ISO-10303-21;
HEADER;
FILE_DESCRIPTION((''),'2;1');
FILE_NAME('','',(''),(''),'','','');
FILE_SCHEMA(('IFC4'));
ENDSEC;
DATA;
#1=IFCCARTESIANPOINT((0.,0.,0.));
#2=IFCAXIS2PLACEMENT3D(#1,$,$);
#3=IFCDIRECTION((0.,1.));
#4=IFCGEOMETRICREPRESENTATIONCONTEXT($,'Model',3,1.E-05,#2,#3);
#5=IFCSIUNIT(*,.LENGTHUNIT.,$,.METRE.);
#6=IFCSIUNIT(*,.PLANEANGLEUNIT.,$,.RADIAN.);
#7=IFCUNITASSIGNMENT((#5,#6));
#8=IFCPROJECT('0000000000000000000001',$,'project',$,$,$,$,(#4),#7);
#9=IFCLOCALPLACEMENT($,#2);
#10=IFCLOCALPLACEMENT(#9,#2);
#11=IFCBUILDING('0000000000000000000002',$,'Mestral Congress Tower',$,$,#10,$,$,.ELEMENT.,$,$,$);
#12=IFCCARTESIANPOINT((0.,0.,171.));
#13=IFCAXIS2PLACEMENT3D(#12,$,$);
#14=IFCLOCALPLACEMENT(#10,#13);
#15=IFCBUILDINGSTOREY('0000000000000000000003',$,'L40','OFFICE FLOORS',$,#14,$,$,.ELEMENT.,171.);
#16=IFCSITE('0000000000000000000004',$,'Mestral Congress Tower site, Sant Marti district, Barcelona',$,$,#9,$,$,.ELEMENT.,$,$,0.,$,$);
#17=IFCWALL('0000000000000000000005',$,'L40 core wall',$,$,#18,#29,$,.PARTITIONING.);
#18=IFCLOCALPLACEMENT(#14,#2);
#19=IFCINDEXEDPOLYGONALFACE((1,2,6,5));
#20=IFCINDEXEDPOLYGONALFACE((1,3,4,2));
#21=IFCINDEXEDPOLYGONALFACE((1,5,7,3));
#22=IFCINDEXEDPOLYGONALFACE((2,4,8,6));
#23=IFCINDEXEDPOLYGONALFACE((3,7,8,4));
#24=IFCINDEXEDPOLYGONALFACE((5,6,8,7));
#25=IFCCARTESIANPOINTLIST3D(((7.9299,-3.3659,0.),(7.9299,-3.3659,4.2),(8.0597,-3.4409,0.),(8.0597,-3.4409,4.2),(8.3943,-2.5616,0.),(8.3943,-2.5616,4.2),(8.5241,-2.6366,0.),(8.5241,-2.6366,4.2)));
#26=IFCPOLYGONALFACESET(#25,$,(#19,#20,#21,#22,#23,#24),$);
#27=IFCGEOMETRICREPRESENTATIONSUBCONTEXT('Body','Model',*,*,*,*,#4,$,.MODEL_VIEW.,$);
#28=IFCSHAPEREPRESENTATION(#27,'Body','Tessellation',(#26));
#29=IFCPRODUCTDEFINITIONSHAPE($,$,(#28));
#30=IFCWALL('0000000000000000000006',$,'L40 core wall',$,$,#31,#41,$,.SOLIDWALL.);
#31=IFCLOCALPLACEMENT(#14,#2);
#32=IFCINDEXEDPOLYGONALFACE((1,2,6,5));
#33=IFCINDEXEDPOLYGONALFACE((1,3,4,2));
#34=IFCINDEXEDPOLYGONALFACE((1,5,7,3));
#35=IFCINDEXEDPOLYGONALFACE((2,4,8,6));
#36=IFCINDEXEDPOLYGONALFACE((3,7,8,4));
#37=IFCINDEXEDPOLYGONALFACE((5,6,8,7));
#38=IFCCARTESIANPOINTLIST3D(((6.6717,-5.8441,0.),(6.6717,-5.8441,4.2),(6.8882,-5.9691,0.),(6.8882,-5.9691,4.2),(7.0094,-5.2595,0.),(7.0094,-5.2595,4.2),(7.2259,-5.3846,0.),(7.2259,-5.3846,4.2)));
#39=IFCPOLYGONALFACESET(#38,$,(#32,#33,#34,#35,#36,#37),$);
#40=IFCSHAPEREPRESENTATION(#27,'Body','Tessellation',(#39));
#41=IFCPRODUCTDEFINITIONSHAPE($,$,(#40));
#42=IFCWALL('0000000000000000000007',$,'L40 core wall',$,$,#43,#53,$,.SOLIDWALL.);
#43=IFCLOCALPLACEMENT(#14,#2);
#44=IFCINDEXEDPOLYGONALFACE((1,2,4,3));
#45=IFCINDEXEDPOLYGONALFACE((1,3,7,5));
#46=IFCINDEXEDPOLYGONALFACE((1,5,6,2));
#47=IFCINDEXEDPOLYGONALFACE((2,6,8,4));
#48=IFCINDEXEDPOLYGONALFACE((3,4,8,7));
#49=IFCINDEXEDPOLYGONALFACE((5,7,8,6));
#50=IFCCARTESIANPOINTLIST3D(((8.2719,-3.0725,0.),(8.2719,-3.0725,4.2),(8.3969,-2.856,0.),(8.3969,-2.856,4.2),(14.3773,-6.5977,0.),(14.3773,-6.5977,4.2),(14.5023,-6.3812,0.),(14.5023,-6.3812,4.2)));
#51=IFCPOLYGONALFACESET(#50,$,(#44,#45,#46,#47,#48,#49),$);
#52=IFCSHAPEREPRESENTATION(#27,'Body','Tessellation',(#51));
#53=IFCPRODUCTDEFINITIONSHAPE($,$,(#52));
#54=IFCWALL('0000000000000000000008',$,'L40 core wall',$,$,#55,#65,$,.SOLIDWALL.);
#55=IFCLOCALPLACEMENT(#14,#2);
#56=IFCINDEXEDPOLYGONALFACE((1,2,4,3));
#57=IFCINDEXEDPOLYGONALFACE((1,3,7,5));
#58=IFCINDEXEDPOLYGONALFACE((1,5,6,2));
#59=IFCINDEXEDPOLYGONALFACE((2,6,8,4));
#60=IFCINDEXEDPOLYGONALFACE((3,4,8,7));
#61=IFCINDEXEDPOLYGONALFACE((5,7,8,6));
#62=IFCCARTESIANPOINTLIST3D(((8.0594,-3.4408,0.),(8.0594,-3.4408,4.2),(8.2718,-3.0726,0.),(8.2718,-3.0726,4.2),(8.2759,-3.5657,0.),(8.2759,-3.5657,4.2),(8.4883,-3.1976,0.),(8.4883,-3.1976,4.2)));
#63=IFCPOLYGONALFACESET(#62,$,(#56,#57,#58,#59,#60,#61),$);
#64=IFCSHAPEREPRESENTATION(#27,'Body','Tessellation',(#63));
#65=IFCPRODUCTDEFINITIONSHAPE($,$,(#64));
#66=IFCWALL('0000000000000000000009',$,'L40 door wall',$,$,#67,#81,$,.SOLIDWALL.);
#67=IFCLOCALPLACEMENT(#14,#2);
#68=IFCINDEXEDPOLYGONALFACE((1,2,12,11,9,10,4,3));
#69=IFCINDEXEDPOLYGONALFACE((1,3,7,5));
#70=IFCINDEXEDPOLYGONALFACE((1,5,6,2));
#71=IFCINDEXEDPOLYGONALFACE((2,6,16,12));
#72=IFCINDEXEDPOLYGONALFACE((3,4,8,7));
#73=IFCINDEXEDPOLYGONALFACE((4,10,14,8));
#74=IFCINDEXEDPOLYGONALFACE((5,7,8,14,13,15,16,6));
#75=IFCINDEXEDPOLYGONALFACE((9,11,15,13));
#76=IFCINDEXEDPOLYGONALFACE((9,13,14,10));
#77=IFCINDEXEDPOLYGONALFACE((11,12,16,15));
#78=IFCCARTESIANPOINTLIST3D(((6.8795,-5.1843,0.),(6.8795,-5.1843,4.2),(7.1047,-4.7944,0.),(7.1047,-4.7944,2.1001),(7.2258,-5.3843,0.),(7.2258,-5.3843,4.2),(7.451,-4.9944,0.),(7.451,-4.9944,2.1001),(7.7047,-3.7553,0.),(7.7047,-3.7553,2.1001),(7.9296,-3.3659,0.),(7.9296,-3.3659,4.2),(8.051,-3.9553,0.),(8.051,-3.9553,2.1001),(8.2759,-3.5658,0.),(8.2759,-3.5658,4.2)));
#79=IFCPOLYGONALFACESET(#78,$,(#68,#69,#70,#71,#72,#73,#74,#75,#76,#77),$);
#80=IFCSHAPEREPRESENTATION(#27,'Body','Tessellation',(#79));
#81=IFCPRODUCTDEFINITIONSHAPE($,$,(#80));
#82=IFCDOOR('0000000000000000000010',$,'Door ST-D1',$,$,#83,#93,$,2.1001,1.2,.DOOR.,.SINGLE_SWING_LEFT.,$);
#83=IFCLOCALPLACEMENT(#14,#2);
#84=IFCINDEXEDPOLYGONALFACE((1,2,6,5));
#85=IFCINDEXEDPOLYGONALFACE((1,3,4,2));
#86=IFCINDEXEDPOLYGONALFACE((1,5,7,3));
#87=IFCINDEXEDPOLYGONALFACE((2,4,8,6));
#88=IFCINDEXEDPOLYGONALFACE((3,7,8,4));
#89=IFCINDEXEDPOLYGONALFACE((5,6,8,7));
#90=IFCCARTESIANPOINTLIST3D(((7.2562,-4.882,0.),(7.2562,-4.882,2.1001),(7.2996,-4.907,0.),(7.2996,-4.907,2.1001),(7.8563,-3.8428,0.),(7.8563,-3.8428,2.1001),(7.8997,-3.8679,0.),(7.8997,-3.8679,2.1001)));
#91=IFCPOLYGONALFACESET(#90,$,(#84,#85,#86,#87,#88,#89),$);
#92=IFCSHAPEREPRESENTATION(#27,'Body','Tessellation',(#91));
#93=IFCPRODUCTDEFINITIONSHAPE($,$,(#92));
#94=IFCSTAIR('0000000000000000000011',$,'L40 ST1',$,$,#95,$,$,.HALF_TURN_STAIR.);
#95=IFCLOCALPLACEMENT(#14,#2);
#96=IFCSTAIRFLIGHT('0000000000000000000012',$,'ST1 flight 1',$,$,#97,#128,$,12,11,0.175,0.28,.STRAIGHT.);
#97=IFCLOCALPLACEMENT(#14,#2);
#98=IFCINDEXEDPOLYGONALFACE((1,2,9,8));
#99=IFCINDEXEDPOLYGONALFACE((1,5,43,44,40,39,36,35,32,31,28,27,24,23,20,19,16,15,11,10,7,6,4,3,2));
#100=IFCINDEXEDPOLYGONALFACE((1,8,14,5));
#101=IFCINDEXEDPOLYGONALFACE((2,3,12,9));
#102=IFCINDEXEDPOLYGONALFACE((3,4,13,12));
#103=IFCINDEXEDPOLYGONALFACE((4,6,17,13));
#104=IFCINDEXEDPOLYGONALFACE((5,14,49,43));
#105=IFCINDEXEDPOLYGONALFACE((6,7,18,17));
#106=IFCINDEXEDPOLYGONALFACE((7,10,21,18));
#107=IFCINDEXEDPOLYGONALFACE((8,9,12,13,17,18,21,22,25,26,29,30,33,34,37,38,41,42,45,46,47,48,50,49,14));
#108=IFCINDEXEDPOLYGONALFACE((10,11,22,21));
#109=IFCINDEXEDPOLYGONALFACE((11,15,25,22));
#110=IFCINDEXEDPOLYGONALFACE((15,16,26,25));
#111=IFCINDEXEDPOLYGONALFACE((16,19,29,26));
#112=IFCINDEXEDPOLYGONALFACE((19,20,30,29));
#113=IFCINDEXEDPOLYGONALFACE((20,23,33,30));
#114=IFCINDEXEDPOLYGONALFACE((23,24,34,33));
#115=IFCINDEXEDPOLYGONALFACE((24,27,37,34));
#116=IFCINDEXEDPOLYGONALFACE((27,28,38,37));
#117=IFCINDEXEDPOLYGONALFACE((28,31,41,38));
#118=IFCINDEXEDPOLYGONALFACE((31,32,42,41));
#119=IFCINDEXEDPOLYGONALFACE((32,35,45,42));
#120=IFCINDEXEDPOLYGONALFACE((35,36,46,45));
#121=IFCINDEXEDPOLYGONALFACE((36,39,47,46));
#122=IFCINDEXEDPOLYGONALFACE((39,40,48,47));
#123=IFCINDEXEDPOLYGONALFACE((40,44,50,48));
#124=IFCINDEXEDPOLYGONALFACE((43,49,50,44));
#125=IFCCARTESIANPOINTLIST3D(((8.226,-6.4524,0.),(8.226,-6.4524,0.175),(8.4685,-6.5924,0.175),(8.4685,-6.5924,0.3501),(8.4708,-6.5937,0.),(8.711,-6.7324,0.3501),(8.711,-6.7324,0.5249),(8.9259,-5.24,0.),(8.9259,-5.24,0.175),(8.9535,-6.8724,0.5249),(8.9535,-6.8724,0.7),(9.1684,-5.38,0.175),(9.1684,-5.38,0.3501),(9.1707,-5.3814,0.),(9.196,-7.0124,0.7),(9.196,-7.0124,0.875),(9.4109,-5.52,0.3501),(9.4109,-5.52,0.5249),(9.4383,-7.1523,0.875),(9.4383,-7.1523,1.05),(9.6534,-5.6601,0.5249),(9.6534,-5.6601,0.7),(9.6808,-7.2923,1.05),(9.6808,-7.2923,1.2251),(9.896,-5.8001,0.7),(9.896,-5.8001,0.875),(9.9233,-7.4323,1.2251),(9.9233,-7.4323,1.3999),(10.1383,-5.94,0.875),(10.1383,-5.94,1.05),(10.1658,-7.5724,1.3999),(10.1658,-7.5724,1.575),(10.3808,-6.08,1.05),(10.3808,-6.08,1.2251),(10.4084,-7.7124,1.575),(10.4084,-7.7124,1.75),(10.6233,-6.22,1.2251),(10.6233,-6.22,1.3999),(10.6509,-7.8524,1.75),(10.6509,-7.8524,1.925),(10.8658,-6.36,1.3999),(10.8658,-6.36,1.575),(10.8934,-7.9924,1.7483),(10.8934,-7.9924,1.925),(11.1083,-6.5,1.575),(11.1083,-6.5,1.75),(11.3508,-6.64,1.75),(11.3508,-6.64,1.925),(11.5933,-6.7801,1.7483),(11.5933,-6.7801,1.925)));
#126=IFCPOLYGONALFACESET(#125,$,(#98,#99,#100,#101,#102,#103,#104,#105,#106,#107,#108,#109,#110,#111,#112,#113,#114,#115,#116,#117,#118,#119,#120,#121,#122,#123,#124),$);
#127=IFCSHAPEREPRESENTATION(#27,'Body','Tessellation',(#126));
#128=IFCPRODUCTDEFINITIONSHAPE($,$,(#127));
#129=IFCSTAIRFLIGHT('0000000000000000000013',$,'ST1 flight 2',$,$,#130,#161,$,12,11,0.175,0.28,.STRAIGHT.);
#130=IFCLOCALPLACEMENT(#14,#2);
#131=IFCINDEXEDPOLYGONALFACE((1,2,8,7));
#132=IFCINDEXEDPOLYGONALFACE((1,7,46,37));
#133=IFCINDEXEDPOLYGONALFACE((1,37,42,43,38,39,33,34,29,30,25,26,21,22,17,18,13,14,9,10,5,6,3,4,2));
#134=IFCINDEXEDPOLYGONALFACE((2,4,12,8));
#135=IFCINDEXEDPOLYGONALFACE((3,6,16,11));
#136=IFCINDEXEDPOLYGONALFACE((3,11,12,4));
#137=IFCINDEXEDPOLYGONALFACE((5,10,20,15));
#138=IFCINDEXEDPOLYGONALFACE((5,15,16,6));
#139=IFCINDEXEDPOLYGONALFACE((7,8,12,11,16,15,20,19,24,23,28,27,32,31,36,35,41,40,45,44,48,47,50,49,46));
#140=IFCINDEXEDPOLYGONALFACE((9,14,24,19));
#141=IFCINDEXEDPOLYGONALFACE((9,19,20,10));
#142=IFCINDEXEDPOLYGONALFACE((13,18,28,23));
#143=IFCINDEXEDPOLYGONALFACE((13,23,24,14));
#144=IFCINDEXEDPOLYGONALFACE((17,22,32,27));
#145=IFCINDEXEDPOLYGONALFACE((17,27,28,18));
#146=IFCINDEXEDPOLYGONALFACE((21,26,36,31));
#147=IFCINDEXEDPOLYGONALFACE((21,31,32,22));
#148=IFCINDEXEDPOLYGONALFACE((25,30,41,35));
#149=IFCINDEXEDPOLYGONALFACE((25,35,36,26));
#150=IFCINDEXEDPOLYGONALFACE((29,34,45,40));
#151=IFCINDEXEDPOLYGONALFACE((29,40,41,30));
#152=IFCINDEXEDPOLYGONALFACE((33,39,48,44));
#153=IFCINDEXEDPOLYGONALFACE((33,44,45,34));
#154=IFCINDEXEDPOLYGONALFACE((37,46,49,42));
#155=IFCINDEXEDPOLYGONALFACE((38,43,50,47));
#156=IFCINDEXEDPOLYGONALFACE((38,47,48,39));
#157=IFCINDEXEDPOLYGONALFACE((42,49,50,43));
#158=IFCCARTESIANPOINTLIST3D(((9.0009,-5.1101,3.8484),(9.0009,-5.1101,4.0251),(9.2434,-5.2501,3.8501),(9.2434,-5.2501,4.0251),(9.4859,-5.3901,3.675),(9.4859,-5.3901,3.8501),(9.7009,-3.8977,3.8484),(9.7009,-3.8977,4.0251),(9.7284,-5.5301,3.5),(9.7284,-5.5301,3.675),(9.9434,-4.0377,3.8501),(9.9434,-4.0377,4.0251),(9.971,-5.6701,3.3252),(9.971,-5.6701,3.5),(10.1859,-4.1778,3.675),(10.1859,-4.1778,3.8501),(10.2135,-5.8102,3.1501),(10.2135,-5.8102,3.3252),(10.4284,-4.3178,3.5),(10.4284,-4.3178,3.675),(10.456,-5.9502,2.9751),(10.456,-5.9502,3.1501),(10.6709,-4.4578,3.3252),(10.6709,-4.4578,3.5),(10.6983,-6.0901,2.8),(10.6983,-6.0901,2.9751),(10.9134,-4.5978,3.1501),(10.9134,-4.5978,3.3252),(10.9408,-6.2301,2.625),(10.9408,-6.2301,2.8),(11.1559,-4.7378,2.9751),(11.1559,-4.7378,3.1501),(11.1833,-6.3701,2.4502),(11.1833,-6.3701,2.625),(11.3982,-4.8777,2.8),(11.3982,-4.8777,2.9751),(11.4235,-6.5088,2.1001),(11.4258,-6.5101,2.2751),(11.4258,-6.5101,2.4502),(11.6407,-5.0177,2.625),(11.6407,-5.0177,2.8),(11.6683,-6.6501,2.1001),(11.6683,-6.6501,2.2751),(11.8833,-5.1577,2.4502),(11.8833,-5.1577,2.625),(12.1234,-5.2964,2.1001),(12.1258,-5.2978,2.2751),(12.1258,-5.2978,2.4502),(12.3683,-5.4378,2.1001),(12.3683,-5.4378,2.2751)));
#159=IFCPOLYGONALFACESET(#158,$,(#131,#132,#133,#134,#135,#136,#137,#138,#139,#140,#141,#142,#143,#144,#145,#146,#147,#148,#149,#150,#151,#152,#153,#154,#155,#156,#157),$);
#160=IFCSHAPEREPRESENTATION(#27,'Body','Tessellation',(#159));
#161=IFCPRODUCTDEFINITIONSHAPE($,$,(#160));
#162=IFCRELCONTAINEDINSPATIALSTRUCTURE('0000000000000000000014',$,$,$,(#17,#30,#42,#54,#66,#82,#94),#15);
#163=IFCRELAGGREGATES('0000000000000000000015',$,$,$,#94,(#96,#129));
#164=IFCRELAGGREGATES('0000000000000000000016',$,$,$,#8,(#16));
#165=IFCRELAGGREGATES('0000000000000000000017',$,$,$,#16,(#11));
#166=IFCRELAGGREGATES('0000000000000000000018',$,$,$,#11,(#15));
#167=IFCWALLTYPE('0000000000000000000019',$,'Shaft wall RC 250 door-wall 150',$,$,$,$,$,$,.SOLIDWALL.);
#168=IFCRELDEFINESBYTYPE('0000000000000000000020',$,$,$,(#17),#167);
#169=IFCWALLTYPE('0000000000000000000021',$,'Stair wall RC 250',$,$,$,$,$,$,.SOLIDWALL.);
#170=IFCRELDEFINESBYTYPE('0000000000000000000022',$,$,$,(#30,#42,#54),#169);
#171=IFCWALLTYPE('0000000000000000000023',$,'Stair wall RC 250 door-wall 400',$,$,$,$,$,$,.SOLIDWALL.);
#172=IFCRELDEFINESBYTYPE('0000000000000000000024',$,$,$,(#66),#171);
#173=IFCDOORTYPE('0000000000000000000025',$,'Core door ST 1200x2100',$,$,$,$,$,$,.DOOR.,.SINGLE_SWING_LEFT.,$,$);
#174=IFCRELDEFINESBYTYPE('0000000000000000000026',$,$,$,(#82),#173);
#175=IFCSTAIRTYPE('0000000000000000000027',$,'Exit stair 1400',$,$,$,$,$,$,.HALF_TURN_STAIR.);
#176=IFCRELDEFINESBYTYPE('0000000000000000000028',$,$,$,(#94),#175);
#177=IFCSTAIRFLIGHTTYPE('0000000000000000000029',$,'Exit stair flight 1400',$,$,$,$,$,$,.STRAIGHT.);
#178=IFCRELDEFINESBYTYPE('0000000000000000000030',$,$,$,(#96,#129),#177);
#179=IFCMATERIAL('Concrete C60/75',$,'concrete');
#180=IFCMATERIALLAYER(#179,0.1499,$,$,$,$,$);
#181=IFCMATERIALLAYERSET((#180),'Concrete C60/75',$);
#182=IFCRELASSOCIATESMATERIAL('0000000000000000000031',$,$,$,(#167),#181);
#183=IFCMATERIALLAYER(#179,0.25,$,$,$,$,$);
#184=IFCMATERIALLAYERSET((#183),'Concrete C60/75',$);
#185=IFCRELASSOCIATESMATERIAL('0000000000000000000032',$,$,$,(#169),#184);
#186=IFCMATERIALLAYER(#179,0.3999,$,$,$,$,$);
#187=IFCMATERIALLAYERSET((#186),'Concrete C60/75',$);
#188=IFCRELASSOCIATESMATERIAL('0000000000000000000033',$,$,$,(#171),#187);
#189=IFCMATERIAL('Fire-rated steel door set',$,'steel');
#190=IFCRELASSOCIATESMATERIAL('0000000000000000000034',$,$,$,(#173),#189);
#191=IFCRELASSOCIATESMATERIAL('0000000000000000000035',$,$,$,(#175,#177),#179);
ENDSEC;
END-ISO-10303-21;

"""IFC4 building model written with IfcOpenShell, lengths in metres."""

from ifc_helpers import new_model, si_unit, direction, frame, frame_2d, origin, place, context, subcontext, project, spatial, polyline, rectangle, outline, extrude, material, layer, layer_set, type_object, element, fill, aggregate, save


model = new_model("IFC4")

# Units and contexts
model_context = context("Model", 3, precision=1e-05, world=origin(), true_north=direction((0.0, 1.0)))
body_context = subcontext(model_context, "Body", "Model", "MODEL_VIEW")
ifc_project = project(units=[si_unit("LENGTHUNIT", "METRE"), si_unit("PLANEANGLEUNIT", "RADIAN")], contexts=[model_context])

# Site, building, storey
site_placement = place(None, origin())
site = spatial("IfcSite", under=ifc_project, at=site_placement, Name="Mestral Congress Tower site, Sant Marti district, Barcelona", CompositionType="ELEMENT", RefElevation=0.0)
building_placement = place(site_placement, origin())
building = spatial("IfcBuilding", under=site, at=building_placement, Name="Mestral Congress Tower", CompositionType="ELEMENT")
storey_placement = place(building_placement, frame((0.0, 0.0, 171.0)))
storey = spatial("IfcBuildingStorey", under=building, at=storey_placement, Name="L40", Description="OFFICE FLOORS", CompositionType="ELEMENT", Elevation=171.0)

# Shared definitions
ifc_material_1 = material(Name="Fire-rated steel door set", Category="steel")

# Shared definitions
ifc_material_2 = material(Name="Concrete C60/75", Category="concrete")

# Walls
ifc_layer_1 = layer(ifc_material_2, 0.1499)
ifc_layer_set_1 = layer_set([ifc_layer_1], Name="Concrete C60/75")
wall_type_1 = type_object("IfcWallType", Name="Shaft wall RC 250 door-wall 150", PredefinedType="SOLIDWALL", material=ifc_layer_set_1)
wall_1_placement = place(storey_placement, frame((8.4592, -2.5991, 0.0), z_axis=(0.0, 0.0, 1.0), x_axis=(-0.500041, -0.866002, 0.0)))
element("IfcWall", 1, at=wall_1_placement, inside=storey, type_object=wall_type_1, Name="L40 core wall", PredefinedType="PARTITIONING", context=body_context, shape_type="SweptSolid", body=[
    extrude(rectangle(XDim=0.9287, YDim=0.1499, at=frame_2d((0.4644, 0.0))), origin(), (0.0, 0.0, 1.0), 4.2),
])
ifc_layer_2 = layer(ifc_material_2, 0.25)
ifc_layer_set_2 = layer_set([ifc_layer_2], Name="Concrete C60/75")
wall_type_2 = type_object("IfcWallType", Name="Stair wall RC 250", PredefinedType="SOLIDWALL", material=ifc_layer_set_2)
wall_2_placement = place(storey_placement, frame((6.78, -5.9065, 0.0), z_axis=(0.0, 0.0, 1.0), x_axis=(0.500223, 0.865896, 0.0)))
element("IfcWall", 2, at=wall_2_placement, inside=storey, type_object=wall_type_2, Name="L40 core wall", PredefinedType="SOLIDWALL", context=body_context, shape_type="SweptSolid", body=[
    extrude(rectangle(XDim=0.675, YDim=0.25, at=frame_2d((0.3374, 0.0))), origin(), (0.0, 0.0, 1.0), 4.2),
])
wall_3_placement = place(storey_placement, frame((8.3345, -2.9644, 0.0), z_axis=(0.0, 0.0, 1.0), x_axis=(0.866016, -0.500016, 0.0)))
element("IfcWall", 3, at=wall_3_placement, inside=storey, type_object=wall_type_2, Name="L40 core wall", PredefinedType="SOLIDWALL", context=body_context, shape_type="SweptSolid", body=[
    extrude(rectangle(XDim=7.05, YDim=0.25, at=frame_2d((3.5249, 0.0))), origin(), (0.0, 0.0, 1.0), 4.2),
])
wall_4_placement = place(storey_placement, frame((8.1677, -3.5032, 0.0), z_axis=(0.0, 0.0, 1.0), x_axis=(0.499722, 0.866186, 0.0)))
element("IfcWall", 4, at=wall_4_placement, inside=storey, type_object=wall_type_2, Name="L40 core wall", PredefinedType="SOLIDWALL", context=body_context, shape_type="SweptSolid", body=[
    extrude(rectangle(XDim=0.425, YDim=0.25, at=frame_2d((0.2124, 0.0))), origin(), (0.0, 0.0, 1.0), 4.2),
])

# Wall, opening, door
ifc_layer_3 = layer(ifc_material_2, 0.3999)
ifc_layer_set_3 = layer_set([ifc_layer_3], Name="Concrete C60/75")
wall_type_3 = type_object("IfcWallType", Name="Stair wall RC 250 door-wall 400", PredefinedType="SOLIDWALL", material=ifc_layer_set_3)
wall_5_placement = place(storey_placement, frame((7.0527, -5.2842, 0.0), z_axis=(0.0, 0.0, 1.0), x_axis=(0.500078, 0.86598, 0.0)))
wall_5 = element("IfcWall", 5, at=wall_5_placement, inside=storey, type_object=wall_type_3, Name="L40 door wall", PredefinedType="SOLIDWALL", context=body_context, shape_type="SweptSolid", body=[
    extrude(rectangle(XDim=2.0999, YDim=0.3999, at=frame_2d((1.0498, 0.0))), origin(), (0.0, 0.0, 1.0), 4.2),
])
opening_1_placement = place(wall_5_placement, frame((0.45, 0.0, 0.0)))
opening_1 = element("IfcOpeningElement", 6, at=opening_1_placement, cuts=wall_5, PredefinedType="OPENING", context=body_context, shape_type="SweptSolid", body=[
    extrude(rectangle(XDim=1.2, YDim=2.1001, at=frame_2d((0.6001, 1.05))), frame((0.0, 0.21, 0.0), z_axis=(0.0, -1.0, 0.0), x_axis=(1.0, 0.0, 0.0)), (0.0, 0.0, 1.0), 0.4199),
])
door_type_1 = type_object("IfcDoorType", Name="Core door ST 1200x2100", OperationType="SINGLE_SWING_LEFT", PredefinedType="DOOR", material=ifc_material_1)
door_1_placement = place(opening_1_placement, origin())
door_1 = element("IfcDoor", 7, at=door_1_placement, inside=storey, type_object=door_type_1, Name="Door ST-D1", OperationType="SINGLE_SWING_LEFT", OverallHeight=2.1001, OverallWidth=1.2, PredefinedType="DOOR", context=body_context, shape_type="SweptSolid", body=[
    extrude(rectangle(XDim=1.2, YDim=2.1001, at=frame_2d((0.6001, 1.05))), frame((0.0, 0.0249, 0.0), z_axis=(0.0, -1.0, 0.0), x_axis=(1.0, 0.0, 0.0)), (0.0, 0.0, 1.0), 0.05),
])
fill(opening_1, door_1)

# Stair, stair flights
stair_type = type_object("IfcStairType", Name="Exit stair 1400", PredefinedType="HALF_TURN_STAIR", material=ifc_material_2)
stair_placement = place(storey_placement, origin())
stair = element("IfcStair", 8, at=stair_placement, inside=storey, type_object=stair_type, Name="L40 ST1", PredefinedType="HALF_TURN_STAIR")
stair_flight_type = type_object("IfcStairFlightType", Name="Exit stair flight 1400", PredefinedType="STRAIGHT", material=ifc_material_2)
stair_flight_1_placement = place(storey_placement, frame((8.5759, -5.8462, 0.0), z_axis=(0.0, 0.0, 1.0), x_axis=(0.866025, -0.5, 0.0)))
stair_flight_1 = element("IfcStairFlight", 9, at=stair_flight_1_placement, type_object=stair_flight_type, Name="ST1 flight 1", NumberOfRisers=12, NumberOfTreads=11, PredefinedType="STRAIGHT", RiserHeight=0.175, TreadLength=0.28, context=body_context, shape_type="SweptSolid", body=[
    extrude(outline(polyline([(0.0, 0.0), (0.0, 0.175), (0.28, 0.175), (0.28, 0.3501), (0.5601, 0.3501), (0.5601, 0.5249), (0.8401, 0.5249), (0.8401, 0.7), (1.1201, 0.7), (1.1201, 0.875), (1.3999, 0.875), (1.3999, 1.05), (1.6799, 1.05), (1.6799, 1.2251), (1.96, 1.2251), (1.96, 1.3999), (2.24, 1.3999), (2.24, 1.575), (2.52, 1.575), (2.52, 1.75), (2.8, 1.75), (2.8, 1.925), (3.0801, 1.925), (3.0801, 2.1001), (3.0801, 1.7483), (0.2827, 0.0), (0.0, 0.0)])), frame((0.0, 0.7, 0.0), z_axis=(0.0, -1.0, 0.0), x_axis=(1.0, 0.0, 0.0)), (0.0, 0.0, 1.0), 1.3999),
])
stair_flight_2_placement = place(storey_placement, frame((12.0183, -6.0439, 2.1001), z_axis=(0.0, 0.0, 1.0), x_axis=(-0.866025, 0.5, 0.0)))
stair_flight_2 = element("IfcStairFlight", 10, at=stair_flight_2_placement, type_object=stair_flight_type, Name="ST1 flight 2", NumberOfRisers=12, NumberOfTreads=11, PredefinedType="STRAIGHT", RiserHeight=0.175, TreadLength=0.28, context=body_context, shape_type="SweptSolid", body=[
    extrude(outline(polyline([(0.0, 0.0), (0.0, 0.175), (0.28, 0.175), (0.28, 0.3501), (0.5601, 0.3501), (0.5601, 0.5249), (0.8401, 0.5249), (0.8401, 0.7), (1.1201, 0.7), (1.1201, 0.875), (1.3999, 0.875), (1.3999, 1.05), (1.6799, 1.05), (1.6799, 1.2251), (1.96, 1.2251), (1.96, 1.3999), (2.24, 1.3999), (2.24, 1.575), (2.52, 1.575), (2.52, 1.75), (2.8, 1.75), (2.8, 1.925), (3.0801, 1.925), (3.0801, 2.1001), (3.0801, 1.7483), (0.2827, 0.0), (0.0, 0.0)])), frame((0.0, 0.7, 0.0), z_axis=(0.0, -1.0, 0.0), x_axis=(1.0, 0.0, 0.0)), (0.0, 0.0, 1.0), 1.3999),
])
aggregate(stair, [stair_flight_1, stair_flight_2])

save(model, "model.ifc")
